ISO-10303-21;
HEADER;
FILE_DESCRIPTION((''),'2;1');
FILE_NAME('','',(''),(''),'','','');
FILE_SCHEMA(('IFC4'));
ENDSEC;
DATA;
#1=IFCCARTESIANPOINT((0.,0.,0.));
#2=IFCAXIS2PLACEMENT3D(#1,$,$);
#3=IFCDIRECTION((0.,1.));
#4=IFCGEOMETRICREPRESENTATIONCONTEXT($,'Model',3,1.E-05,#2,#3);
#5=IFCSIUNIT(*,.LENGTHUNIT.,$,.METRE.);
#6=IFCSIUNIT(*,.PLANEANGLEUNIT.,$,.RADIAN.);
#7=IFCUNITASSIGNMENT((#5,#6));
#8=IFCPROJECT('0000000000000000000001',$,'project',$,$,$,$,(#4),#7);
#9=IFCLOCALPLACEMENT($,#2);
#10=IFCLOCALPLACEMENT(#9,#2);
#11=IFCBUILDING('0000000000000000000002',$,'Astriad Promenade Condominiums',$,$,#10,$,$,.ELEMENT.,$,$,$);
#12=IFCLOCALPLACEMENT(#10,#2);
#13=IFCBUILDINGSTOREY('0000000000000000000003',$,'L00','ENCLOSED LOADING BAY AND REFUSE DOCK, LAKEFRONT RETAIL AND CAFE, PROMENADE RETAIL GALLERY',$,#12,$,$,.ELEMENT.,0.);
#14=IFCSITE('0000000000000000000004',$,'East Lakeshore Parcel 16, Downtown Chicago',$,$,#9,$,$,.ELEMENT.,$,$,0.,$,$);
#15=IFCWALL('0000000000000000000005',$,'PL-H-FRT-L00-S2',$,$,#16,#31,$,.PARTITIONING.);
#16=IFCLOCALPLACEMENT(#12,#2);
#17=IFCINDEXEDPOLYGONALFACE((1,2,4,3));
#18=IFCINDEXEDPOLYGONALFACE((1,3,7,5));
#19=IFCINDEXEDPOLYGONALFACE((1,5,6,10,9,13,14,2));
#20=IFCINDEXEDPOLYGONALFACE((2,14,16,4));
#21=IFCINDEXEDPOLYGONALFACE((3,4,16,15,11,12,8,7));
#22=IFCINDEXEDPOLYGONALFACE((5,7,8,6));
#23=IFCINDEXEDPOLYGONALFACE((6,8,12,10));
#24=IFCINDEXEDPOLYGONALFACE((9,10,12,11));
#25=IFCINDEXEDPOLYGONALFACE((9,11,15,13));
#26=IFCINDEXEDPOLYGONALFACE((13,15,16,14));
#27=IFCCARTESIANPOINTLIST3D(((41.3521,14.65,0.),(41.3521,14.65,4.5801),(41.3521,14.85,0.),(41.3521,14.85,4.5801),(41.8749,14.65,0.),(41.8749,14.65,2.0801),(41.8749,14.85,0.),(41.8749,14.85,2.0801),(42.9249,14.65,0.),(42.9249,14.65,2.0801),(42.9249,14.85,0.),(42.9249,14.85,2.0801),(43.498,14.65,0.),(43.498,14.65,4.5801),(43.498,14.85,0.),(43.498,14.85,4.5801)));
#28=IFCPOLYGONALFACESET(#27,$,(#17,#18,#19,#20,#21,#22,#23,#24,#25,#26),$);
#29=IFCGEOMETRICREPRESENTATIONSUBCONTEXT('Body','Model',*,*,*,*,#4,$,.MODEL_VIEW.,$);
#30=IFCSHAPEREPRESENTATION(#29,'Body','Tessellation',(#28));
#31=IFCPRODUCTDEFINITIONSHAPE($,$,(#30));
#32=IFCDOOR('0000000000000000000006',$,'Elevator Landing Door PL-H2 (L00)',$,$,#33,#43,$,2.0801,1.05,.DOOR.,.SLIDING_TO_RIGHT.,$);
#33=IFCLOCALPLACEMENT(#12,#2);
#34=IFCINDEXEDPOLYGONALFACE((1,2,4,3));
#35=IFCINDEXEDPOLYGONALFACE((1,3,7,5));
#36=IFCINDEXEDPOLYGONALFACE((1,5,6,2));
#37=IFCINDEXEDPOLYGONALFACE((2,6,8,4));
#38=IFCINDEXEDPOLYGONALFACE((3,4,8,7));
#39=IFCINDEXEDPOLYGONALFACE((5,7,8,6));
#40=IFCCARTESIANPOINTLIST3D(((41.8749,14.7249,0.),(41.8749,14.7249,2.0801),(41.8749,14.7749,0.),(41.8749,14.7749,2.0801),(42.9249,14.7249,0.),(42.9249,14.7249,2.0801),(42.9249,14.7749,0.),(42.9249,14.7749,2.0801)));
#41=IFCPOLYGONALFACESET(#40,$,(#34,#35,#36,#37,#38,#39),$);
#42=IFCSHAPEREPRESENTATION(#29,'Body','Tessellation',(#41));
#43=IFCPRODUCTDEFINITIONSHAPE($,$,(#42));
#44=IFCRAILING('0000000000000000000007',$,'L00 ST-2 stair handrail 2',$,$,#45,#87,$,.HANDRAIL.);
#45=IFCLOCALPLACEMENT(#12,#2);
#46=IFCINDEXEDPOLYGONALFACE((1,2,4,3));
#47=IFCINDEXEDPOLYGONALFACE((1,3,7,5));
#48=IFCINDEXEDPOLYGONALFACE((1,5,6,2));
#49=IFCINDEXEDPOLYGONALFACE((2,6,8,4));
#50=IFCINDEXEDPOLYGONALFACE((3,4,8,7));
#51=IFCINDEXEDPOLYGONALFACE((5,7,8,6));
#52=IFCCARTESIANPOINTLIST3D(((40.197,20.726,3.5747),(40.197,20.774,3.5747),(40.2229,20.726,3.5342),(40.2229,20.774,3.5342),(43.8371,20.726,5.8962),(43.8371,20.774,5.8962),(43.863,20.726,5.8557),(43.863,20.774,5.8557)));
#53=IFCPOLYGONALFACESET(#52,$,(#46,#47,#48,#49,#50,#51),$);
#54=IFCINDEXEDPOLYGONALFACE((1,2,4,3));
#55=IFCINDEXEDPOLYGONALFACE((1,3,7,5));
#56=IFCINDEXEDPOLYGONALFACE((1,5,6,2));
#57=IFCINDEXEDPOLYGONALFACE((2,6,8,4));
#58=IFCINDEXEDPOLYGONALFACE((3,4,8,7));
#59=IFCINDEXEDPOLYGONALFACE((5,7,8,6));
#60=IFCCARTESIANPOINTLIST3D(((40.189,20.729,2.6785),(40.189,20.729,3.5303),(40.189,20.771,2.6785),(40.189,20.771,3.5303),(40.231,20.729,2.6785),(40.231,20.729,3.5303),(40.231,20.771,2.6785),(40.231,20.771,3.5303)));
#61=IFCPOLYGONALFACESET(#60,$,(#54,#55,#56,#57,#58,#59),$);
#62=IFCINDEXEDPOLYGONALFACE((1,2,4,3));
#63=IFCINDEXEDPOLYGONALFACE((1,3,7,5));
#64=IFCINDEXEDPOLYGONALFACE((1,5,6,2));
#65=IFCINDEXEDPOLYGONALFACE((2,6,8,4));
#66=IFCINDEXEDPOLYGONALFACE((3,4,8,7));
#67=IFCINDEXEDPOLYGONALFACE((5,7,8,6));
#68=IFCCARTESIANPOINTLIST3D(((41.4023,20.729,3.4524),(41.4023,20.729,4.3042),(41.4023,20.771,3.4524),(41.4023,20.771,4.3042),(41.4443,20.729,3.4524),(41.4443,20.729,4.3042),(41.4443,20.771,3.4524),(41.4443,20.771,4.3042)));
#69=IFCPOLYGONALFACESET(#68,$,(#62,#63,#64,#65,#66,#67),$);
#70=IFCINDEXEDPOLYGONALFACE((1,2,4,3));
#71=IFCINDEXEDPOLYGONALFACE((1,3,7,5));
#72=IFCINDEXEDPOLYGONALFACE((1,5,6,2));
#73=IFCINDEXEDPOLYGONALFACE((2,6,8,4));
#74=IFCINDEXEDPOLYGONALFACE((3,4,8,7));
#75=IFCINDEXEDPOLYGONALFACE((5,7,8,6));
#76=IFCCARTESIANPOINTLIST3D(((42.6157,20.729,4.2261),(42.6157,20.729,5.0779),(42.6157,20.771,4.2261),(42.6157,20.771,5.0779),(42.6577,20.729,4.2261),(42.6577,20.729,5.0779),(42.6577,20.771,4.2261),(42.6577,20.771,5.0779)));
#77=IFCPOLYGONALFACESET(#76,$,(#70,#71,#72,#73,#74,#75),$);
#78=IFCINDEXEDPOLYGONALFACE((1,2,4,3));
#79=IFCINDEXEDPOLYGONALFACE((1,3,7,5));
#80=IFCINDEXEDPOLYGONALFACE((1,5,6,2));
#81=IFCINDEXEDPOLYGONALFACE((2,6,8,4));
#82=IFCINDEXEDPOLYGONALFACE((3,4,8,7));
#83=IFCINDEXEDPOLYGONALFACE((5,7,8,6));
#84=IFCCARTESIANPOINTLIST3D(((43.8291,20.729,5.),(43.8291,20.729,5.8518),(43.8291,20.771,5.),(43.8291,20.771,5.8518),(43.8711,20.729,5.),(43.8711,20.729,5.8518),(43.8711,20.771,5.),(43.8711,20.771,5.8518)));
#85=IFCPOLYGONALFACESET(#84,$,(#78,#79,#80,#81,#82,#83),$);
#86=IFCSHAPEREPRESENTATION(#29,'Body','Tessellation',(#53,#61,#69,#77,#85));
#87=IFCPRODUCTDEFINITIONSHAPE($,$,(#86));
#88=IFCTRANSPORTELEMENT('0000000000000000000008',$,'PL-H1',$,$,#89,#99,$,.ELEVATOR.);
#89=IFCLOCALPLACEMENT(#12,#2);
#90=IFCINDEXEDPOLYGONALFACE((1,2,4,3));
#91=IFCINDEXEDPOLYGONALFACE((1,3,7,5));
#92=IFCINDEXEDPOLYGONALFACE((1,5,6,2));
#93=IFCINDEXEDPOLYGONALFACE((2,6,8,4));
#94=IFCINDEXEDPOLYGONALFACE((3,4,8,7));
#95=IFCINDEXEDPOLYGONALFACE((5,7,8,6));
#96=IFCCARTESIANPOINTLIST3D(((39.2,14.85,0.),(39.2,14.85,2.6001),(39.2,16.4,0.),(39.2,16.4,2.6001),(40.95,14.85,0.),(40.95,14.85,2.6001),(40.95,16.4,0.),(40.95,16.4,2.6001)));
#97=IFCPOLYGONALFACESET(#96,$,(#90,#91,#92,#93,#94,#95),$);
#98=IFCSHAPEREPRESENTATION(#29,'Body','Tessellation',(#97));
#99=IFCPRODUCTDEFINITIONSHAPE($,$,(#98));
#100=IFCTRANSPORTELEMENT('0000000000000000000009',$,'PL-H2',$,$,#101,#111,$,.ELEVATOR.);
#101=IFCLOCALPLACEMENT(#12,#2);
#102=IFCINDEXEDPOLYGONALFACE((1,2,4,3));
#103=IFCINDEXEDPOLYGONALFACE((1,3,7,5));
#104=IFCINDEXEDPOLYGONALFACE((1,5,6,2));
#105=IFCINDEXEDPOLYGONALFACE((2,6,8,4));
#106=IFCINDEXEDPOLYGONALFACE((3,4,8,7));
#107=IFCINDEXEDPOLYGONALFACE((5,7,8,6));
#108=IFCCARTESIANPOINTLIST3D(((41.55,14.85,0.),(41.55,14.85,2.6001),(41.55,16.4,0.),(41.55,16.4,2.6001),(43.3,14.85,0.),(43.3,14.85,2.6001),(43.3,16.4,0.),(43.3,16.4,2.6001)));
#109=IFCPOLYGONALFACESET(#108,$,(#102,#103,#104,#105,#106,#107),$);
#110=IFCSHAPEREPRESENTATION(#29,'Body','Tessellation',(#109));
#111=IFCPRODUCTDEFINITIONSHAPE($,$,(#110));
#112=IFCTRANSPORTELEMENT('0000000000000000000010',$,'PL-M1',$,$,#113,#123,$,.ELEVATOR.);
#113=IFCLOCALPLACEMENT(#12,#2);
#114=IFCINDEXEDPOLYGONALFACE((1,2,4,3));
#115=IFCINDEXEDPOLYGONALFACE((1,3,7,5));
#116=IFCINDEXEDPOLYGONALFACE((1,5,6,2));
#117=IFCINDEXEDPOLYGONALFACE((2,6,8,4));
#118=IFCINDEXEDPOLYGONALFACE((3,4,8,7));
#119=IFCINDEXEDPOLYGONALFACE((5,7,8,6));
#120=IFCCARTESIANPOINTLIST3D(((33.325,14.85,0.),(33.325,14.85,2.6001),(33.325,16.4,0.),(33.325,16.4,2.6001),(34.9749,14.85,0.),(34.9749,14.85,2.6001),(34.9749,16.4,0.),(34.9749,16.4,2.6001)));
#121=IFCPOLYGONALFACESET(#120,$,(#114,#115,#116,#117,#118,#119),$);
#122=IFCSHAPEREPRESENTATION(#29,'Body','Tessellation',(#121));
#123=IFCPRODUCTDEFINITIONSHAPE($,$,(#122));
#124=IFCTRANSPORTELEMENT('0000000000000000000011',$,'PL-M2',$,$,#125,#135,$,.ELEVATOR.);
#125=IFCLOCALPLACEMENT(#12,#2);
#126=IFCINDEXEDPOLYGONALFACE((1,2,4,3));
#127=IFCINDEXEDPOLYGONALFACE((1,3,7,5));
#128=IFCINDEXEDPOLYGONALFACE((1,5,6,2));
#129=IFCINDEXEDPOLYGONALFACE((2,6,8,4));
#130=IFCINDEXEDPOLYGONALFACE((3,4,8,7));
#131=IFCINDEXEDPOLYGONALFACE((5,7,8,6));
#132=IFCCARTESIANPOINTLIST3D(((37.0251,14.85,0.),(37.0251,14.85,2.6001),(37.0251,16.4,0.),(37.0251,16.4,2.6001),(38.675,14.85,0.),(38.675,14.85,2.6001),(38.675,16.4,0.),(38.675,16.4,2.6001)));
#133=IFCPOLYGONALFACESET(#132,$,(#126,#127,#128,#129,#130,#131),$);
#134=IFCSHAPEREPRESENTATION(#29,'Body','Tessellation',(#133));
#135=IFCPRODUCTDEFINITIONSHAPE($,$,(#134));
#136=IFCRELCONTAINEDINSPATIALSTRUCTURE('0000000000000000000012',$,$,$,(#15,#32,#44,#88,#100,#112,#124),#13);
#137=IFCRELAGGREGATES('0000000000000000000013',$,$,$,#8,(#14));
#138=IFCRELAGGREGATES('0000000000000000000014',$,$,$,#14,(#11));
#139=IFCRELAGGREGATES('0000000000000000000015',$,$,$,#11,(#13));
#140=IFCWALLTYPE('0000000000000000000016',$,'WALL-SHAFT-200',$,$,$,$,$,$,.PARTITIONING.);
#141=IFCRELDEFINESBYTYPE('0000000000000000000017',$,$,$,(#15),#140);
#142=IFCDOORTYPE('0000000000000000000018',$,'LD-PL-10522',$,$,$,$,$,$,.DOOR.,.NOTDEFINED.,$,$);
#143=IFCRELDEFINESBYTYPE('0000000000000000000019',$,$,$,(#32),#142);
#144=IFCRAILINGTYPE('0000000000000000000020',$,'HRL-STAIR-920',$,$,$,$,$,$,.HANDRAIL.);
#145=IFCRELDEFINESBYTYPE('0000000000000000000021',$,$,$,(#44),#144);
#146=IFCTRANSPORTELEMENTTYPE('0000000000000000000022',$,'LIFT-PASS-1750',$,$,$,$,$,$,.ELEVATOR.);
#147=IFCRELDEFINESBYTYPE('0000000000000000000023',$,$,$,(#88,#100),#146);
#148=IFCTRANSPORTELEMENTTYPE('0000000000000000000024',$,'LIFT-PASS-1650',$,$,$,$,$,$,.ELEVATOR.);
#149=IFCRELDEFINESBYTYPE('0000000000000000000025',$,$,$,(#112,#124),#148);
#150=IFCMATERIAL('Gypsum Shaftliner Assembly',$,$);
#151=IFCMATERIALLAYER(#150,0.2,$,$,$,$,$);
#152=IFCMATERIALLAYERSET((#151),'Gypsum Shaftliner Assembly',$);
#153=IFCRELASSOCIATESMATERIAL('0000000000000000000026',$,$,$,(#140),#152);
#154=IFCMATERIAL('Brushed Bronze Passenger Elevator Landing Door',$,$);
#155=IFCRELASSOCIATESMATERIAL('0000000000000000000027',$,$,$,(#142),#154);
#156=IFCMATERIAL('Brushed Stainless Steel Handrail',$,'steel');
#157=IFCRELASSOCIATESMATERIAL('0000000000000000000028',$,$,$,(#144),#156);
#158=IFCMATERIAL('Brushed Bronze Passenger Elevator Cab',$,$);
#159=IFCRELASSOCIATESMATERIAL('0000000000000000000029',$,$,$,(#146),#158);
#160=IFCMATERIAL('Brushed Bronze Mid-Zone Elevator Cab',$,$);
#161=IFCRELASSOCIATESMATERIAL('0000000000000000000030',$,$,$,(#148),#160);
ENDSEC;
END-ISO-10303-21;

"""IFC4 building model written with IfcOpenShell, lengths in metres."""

from ifc_helpers import new_model, si_unit, direction, frame, frame_2d, origin, origin_2d, place, context, subcontext, project, spatial, rectangle, extrude, source, transform, mapped, material, layer, layer_set, type_object, type_shapes, element, fill, save


model = new_model("IFC4")

# Units and contexts
model_context = context("Model", 3, precision=1e-05, world=origin(), true_north=direction((0.0, 1.0)))
body_context = subcontext(model_context, "Body", "Model", "MODEL_VIEW")
ifc_project = project(units=[si_unit("LENGTHUNIT", "METRE"), si_unit("PLANEANGLEUNIT", "RADIAN")], contexts=[model_context])

# Site, building, storey
site_placement = place(None, origin())
site = spatial("IfcSite", under=ifc_project, at=site_placement, Name="East Lakeshore Parcel 16, Downtown Chicago", CompositionType="ELEMENT", RefElevation=0.0)
building_placement = place(site_placement, origin())
building = spatial("IfcBuilding", under=site, at=building_placement, Name="Astriad Promenade Condominiums", CompositionType="ELEMENT")
storey_placement = place(building_placement, origin())
storey = spatial("IfcBuildingStorey", under=building, at=storey_placement, Name="L00", Description="ENCLOSED LOADING BAY AND REFUSE DOCK, LAKEFRONT RETAIL AND CAFE, PROMENADE RETAIL GALLERY", CompositionType="ELEMENT", Elevation=0.0)

# Shared definitions
ifc_material_1 = material(Name="Gypsum Shaftliner Assembly")
ifc_layer_1 = layer(ifc_material_1, 0.2)
ifc_layer_set_1 = layer_set([ifc_layer_1], Name="Gypsum Shaftliner Assembly")
wall_type_1 = type_object("IfcWallType", Name="WALL-SHAFT-200", PredefinedType="PARTITIONING", material=ifc_layer_set_1)

# Wall, opening, door
wall_1_placement = place(storey_placement, frame((41.3521, 14.75, 0.0), z_axis=(0.0, 0.0, 1.0), x_axis=(1.0, 0.0, 0.0)))
wall_1 = element("IfcWall", 1, at=wall_1_placement, inside=storey, type_object=wall_type_1, Name="PL-H-FRT-L00-S2", PredefinedType="PARTITIONING", context=body_context, shape_type="SweptSolid", body=[
    extrude(rectangle(XDim=2.146, YDim=0.2, at=frame_2d((1.073, 0.0))), origin(), (0.0, 0.0, 1.0), 4.5801),
])
opening_1_placement = place(wall_1_placement, frame((0.5229, 0.0, 0.0)))
opening_1 = element("IfcOpeningElement", 2, at=opening_1_placement, cuts=wall_1, PredefinedType="OPENING", context=body_context, shape_type="SweptSolid", body=[
    extrude(rectangle(XDim=1.05, YDim=2.0801, at=frame_2d((0.5249, 1.04))), frame((0.0, 0.1099, 0.0), z_axis=(0.0, -1.0, 0.0), x_axis=(1.0, 0.0, 0.0)), (0.0, 0.0, 1.0), 0.22),
])
ifc_material_2 = material(Name="Brushed Bronze Passenger Elevator Landing Door")
door_type_1 = type_object("IfcDoorType", Name="LD-PL-10522", OperationType="NOTDEFINED", PredefinedType="DOOR", material=ifc_material_2)
shared_shape_1 = source(origin(), body_context, "Body", "SweptSolid", [
    extrude(rectangle(XDim=1.05, YDim=2.0801, at=frame_2d((0.5249, 1.04))), frame((0.0, 0.0249, 0.0), z_axis=(0.0, -1.0, 0.0), x_axis=(1.0, 0.0, 0.0)), (0.0, 0.0, 1.0), 0.05),
])
type_shapes(door_type_1, [shared_shape_1])
door_1_placement = place(opening_1_placement, origin())
door_1 = element("IfcDoor", 3, at=door_1_placement, inside=storey, type_object=door_type_1, Name="Elevator Landing Door PL-H2 (L00)", OperationType="SLIDING_TO_RIGHT", OverallHeight=2.0801, OverallWidth=1.05, PredefinedType="DOOR", context=body_context, shape_type="MappedRepresentation", body=[
    mapped(shared_shape_1, transform((0.0, 0.0, 0.0), scale=1.0)),
])
fill(opening_1, door_1)

# Railing
ifc_material_3 = material(Name="Brushed Stainless Steel Handrail", Category="steel")
railing_type = type_object("IfcRailingType", Name="HRL-STAIR-920", PredefinedType="HANDRAIL", material=ifc_material_3)
shared_shape_2 = source(origin(), body_context, "Body", "SweptSolid", [
    extrude(rectangle(XDim=0.0481, YDim=0.0481, at=origin_2d()), frame((0.0, 0.0, 0.876), z_axis=(0.843128, 0.0, 0.537713), x_axis=(0.0, 1.0, 0.0)), (0.0, 0.0, 1.0), 4.3174),
    extrude(rectangle(XDim=0.042, YDim=0.042, at=origin_2d()), origin(), (0.0, 0.0, 1.0), 0.8518),
    extrude(rectangle(XDim=0.042, YDim=0.042, at=origin_2d()), frame((1.2134, 0.0, 0.7739)), (0.0, 0.0, 1.0), 0.8518),
    extrude(rectangle(XDim=0.042, YDim=0.042, at=origin_2d()), frame((2.4268, 0.0, 1.5476)), (0.0, 0.0, 1.0), 0.8518),
    extrude(rectangle(XDim=0.042, YDim=0.042, at=origin_2d()), frame((3.6401, 0.0, 2.3215)), (0.0, 0.0, 1.0), 0.8518),
])
type_shapes(railing_type, [shared_shape_2])
railing_placement = place(storey_placement, frame((40.21, 20.75, 2.6785)))
element("IfcRailing", 4, at=railing_placement, inside=storey, type_object=railing_type, Name="L00 ST-2 stair handrail 2", PredefinedType="HANDRAIL", context=body_context, shape_type="MappedRepresentation", body=[
    mapped(shared_shape_2, transform((0.0, 0.0, 0.0), scale=1.0)),
])

# Transport elements
ifc_material_4 = material(Name="Brushed Bronze Passenger Elevator Cab")
transport_element_type_1 = type_object("IfcTransportElementType", Name="LIFT-PASS-1750", PredefinedType="ELEVATOR", material=ifc_material_4)
shared_shape_3 = source(origin(), body_context, "Body", "SweptSolid", [
    extrude(rectangle(XDim=1.75, YDim=1.55, at=origin_2d()), origin(), (0.0, 0.0, 1.0), 2.6001),
])
type_shapes(transport_element_type_1, [shared_shape_3])
for number, where, z_axis, x_axis, name in (
    (5, (40.075, 15.625, 0.0), (0.0, 0.0, 1.0), (1.0, 0.0, 0.0), "PL-H1"),
    (6, (42.425, 15.625, 0.0), (0.0, 0.0, 1.0), (1.0, 0.0, 0.0), "PL-H2"),
):
    element("IfcTransportElement", number, at=place(storey_placement, frame(where, z_axis=z_axis, x_axis=x_axis)), inside=storey, type_object=transport_element_type_1, Name=name, PredefinedType="ELEVATOR", context=body_context, shape_type="MappedRepresentation", body=[
        mapped(shared_shape_3, transform((0.0, 0.0, 0.0), scale=1.0)),
    ])
ifc_material_5 = material(Name="Brushed Bronze Mid-Zone Elevator Cab")
transport_element_type_2 = type_object("IfcTransportElementType", Name="LIFT-PASS-1650", PredefinedType="ELEVATOR", material=ifc_material_5)
shared_shape_4 = source(origin(), body_context, "Body", "SweptSolid", [
    extrude(rectangle(XDim=1.6499, YDim=1.55, at=origin_2d()), origin(), (0.0, 0.0, 1.0), 2.6001),
])
type_shapes(transport_element_type_2, [shared_shape_4])
for number, where, z_axis, x_axis, name in (
    (7, (34.1499, 15.625, 0.0), (0.0, 0.0, 1.0), (1.0, 0.0, 0.0), "PL-M1"),
    (8, (37.8501, 15.625, 0.0), (0.0, 0.0, 1.0), (1.0, 0.0, 0.0), "PL-M2"),
):
    element("IfcTransportElement", number, at=place(storey_placement, frame(where, z_axis=z_axis, x_axis=x_axis)), inside=storey, type_object=transport_element_type_2, Name=name, PredefinedType="ELEVATOR", context=body_context, shape_type="MappedRepresentation", body=[
        mapped(shared_shape_4, transform((0.0, 0.0, 0.0), scale=1.0)),
    ])

save(model, "model.ifc")
